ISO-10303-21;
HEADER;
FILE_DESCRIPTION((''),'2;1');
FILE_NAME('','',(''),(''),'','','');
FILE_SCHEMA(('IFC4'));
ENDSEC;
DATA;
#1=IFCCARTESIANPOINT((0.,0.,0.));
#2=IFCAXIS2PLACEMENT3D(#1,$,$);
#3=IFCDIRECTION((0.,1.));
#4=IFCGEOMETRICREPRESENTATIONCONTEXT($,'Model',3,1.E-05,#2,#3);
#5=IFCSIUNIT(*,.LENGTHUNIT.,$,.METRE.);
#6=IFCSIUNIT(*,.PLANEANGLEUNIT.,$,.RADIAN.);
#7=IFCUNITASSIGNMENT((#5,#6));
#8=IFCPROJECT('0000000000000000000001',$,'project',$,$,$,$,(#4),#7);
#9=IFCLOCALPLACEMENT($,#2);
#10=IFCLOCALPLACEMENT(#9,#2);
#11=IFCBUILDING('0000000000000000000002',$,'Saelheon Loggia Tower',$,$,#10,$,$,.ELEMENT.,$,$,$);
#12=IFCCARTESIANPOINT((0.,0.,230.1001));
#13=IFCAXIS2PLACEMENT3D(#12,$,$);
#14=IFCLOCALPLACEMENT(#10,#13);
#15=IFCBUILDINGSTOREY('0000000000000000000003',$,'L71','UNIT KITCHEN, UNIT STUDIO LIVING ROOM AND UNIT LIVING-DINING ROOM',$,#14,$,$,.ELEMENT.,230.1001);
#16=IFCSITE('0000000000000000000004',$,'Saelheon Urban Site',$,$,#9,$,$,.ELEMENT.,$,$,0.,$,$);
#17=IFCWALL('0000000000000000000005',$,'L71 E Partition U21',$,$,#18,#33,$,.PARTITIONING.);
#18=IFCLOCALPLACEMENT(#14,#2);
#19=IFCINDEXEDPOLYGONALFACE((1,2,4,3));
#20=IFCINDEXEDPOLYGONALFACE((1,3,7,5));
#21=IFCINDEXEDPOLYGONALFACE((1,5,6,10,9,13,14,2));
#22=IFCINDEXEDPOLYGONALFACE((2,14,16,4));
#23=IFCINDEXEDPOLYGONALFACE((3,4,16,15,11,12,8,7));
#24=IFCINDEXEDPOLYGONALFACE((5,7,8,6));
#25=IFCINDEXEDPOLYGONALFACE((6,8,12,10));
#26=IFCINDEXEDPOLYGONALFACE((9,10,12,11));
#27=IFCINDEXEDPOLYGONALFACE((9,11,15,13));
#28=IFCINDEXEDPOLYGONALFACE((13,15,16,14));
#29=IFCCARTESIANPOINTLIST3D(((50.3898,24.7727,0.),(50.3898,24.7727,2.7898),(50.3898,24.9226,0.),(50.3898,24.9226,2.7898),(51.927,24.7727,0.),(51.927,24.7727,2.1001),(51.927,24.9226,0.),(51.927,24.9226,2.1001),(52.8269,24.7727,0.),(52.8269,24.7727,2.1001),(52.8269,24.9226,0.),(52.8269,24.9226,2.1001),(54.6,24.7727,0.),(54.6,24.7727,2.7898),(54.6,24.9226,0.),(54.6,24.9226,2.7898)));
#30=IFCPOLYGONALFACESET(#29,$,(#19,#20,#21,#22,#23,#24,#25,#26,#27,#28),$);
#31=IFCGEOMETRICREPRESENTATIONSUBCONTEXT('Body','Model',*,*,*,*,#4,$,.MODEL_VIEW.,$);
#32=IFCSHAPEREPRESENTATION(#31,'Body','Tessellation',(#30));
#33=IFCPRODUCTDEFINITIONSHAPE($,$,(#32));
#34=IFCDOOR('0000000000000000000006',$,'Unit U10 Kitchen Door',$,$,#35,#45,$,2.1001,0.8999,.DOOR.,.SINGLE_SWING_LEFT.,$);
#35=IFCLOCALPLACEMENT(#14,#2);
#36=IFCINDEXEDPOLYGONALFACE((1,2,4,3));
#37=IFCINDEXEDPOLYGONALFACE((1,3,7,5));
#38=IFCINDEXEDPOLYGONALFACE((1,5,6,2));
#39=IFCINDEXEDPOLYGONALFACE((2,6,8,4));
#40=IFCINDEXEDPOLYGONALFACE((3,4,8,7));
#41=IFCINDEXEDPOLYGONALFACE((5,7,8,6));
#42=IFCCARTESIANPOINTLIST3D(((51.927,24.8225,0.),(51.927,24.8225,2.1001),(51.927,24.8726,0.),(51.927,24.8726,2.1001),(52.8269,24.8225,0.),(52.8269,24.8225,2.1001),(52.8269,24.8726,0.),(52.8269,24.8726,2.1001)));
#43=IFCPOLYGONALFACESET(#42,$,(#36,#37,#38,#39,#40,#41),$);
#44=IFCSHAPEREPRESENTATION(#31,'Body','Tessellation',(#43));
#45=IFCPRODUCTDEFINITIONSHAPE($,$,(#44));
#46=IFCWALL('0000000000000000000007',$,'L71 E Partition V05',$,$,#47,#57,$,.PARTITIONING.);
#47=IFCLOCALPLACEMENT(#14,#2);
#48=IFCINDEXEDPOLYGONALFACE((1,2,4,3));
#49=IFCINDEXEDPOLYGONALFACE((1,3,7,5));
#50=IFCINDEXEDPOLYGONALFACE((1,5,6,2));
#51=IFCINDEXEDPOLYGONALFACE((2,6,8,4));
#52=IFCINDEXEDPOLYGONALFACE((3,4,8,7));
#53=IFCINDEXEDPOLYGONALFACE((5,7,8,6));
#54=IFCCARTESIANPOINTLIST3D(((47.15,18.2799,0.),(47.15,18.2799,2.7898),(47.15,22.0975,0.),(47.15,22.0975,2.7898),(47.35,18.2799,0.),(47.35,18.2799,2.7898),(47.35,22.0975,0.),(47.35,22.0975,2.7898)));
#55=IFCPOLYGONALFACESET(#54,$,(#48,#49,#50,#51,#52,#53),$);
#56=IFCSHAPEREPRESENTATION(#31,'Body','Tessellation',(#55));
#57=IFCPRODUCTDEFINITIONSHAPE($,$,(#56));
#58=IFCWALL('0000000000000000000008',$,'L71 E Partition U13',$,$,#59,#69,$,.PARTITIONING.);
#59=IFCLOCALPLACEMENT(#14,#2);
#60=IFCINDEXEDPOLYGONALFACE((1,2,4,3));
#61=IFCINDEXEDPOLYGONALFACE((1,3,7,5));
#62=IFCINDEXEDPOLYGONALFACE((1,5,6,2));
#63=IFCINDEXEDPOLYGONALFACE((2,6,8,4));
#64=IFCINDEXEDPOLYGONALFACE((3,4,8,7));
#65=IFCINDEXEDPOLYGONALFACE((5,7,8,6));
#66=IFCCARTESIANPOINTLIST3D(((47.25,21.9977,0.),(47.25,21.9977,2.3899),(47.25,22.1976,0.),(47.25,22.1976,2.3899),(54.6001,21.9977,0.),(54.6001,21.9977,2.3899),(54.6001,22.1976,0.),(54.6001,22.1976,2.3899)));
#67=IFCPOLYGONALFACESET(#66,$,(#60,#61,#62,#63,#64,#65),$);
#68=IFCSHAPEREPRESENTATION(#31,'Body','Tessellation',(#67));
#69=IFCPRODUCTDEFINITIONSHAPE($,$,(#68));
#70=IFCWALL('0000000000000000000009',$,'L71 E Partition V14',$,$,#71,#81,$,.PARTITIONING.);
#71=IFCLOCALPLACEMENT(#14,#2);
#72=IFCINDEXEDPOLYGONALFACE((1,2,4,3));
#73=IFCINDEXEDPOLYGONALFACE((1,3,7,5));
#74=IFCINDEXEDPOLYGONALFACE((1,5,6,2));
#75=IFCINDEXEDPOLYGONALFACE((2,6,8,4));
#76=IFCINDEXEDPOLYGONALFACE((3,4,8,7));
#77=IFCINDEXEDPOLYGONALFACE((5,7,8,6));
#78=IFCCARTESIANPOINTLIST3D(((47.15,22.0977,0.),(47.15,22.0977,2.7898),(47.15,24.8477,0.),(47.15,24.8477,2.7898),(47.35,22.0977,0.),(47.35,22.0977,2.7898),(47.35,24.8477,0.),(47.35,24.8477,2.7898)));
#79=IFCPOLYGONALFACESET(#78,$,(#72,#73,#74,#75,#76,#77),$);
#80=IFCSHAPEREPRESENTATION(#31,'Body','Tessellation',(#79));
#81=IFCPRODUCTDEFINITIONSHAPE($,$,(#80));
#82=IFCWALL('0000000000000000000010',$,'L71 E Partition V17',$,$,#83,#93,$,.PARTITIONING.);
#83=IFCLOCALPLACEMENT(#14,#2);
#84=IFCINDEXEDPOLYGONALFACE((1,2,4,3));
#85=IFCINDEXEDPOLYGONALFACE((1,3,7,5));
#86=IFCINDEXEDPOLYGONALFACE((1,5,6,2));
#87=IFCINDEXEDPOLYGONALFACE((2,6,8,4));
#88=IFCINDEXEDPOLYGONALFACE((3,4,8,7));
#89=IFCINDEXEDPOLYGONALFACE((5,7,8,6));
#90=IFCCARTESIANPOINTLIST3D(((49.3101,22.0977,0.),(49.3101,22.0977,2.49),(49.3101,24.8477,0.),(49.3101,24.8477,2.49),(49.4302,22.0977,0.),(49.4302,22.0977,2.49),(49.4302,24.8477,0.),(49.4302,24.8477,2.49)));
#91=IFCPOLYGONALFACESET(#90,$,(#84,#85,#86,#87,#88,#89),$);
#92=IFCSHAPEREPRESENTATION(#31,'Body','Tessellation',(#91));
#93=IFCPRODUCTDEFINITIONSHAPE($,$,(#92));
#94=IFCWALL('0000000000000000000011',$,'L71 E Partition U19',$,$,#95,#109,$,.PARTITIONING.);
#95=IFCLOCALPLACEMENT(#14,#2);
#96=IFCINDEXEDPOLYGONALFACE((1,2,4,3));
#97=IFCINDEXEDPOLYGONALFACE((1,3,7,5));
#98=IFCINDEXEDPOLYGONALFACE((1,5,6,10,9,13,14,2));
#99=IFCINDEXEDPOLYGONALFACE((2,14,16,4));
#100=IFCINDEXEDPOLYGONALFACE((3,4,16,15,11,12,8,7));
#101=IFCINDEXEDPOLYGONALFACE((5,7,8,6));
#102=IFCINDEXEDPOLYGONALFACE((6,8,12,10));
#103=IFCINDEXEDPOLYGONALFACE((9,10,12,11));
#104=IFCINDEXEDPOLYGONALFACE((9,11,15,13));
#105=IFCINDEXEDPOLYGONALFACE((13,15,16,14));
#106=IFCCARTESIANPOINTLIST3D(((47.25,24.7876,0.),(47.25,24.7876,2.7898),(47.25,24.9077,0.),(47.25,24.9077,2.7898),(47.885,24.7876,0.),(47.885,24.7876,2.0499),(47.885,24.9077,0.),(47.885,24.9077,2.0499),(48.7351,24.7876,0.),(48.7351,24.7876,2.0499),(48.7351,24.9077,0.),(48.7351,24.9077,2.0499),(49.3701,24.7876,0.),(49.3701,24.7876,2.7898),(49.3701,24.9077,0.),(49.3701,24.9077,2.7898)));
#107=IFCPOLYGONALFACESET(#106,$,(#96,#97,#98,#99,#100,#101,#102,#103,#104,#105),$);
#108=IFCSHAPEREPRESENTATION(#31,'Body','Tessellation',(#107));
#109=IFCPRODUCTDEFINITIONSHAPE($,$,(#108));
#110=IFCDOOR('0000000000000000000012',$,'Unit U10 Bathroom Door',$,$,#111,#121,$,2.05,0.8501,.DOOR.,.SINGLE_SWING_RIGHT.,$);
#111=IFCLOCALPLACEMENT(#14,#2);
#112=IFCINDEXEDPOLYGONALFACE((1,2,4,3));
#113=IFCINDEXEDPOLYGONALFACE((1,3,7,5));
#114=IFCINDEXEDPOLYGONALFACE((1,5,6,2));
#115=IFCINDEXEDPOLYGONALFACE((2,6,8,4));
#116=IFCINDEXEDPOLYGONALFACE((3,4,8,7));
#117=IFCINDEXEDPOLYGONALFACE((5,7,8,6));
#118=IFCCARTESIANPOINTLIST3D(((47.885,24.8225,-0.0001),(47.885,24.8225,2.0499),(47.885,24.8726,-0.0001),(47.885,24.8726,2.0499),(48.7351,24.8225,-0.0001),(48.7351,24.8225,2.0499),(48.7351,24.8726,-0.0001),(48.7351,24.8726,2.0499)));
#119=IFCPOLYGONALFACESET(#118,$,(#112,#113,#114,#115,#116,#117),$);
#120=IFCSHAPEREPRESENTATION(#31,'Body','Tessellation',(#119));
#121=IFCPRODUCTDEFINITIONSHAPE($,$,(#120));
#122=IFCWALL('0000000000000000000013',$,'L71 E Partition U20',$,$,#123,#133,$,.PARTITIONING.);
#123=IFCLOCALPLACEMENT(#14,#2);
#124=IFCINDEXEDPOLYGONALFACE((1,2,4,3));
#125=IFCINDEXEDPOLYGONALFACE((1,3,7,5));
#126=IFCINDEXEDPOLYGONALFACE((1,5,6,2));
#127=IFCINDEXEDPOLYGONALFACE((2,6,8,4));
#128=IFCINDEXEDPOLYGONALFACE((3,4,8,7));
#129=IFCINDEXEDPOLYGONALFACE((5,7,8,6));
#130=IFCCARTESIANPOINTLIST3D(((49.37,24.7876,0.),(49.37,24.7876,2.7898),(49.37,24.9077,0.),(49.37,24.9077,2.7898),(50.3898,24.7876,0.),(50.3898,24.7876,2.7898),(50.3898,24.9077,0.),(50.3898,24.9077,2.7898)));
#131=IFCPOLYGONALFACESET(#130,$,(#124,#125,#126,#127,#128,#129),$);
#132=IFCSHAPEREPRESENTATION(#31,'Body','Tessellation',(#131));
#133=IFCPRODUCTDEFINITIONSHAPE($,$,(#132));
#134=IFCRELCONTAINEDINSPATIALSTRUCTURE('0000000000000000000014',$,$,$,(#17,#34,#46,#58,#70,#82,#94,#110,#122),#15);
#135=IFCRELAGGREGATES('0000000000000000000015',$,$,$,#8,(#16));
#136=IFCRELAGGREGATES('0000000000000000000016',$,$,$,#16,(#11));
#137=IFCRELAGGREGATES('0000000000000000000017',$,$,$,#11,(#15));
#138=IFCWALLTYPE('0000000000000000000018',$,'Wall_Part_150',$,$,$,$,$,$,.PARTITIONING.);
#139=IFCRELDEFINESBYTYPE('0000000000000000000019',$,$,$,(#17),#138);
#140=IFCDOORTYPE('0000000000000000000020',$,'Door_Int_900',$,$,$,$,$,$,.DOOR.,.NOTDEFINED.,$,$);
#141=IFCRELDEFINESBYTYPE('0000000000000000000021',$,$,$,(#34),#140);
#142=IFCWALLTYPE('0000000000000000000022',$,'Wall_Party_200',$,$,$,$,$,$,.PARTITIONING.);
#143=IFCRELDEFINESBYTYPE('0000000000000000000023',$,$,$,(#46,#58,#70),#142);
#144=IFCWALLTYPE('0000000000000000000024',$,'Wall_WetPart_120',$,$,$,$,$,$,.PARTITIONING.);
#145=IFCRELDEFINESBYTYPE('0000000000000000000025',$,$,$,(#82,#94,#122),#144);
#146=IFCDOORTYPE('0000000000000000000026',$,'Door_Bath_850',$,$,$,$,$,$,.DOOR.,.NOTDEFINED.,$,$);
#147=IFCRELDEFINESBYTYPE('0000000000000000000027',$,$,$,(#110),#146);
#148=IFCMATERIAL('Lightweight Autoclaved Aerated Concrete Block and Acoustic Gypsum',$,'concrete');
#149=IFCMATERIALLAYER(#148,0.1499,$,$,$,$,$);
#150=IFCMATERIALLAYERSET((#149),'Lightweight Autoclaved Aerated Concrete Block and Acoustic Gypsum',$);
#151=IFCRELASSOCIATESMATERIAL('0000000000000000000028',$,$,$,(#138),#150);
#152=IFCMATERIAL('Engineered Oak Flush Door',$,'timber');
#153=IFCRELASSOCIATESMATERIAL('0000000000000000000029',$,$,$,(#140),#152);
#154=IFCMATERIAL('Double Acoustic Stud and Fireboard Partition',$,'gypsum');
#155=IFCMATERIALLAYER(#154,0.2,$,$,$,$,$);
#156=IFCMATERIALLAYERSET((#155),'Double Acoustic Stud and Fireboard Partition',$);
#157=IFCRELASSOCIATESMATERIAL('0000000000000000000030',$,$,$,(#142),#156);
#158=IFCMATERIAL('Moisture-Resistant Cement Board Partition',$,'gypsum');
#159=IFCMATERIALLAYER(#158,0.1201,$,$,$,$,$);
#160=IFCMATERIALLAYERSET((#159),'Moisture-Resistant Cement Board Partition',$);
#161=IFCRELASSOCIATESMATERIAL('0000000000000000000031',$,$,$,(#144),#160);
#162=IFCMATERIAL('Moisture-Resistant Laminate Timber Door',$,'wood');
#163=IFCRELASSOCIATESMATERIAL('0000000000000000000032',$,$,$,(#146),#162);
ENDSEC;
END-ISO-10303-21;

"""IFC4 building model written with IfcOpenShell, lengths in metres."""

from ifc_helpers import new_model, si_unit, direction, frame, frame_2d, origin, place, context, subcontext, project, spatial, rectangle, extrude, source, transform, mapped, material, layer, layer_set, type_object, element, fill, save


model = new_model("IFC4")

# Units and contexts
model_context = context("Model", 3, precision=1e-05, world=origin(), true_north=direction((0.0, 1.0)))
body_context = subcontext(model_context, "Body", "Model", "MODEL_VIEW")
ifc_project = project(units=[si_unit("LENGTHUNIT", "METRE"), si_unit("PLANEANGLEUNIT", "RADIAN")], contexts=[model_context])

# Site, building, storey
site_placement = place(None, origin())
site = spatial("IfcSite", under=ifc_project, at=site_placement, Name="Saelheon Urban Site", CompositionType="ELEMENT", RefElevation=0.0)
building_placement = place(site_placement, origin())
building = spatial("IfcBuilding", under=site, at=building_placement, Name="Saelheon Loggia Tower", CompositionType="ELEMENT")
storey_placement = place(building_placement, frame((0.0, 0.0, 230.1001)))
storey = spatial("IfcBuildingStorey", under=building, at=storey_placement, Name="L71", Description="UNIT KITCHEN, UNIT STUDIO LIVING ROOM AND UNIT LIVING-DINING ROOM", CompositionType="ELEMENT", Elevation=230.1001)

# Shared definitions
ifc_material_1 = material(Name="Lightweight Autoclaved Aerated Concrete Block and Acoustic Gypsum", Category="concrete")
ifc_layer_1 = layer(ifc_material_1, 0.1499)
ifc_layer_set_1 = layer_set([ifc_layer_1], Name="Lightweight Autoclaved Aerated Concrete Block and Acoustic Gypsum")
wall_type_1 = type_object("IfcWallType", Name="Wall_Part_150", PredefinedType="PARTITIONING", material=ifc_layer_set_1)

# Wall, opening, door
ifc_material_2 = material(Name="Engineered Oak Flush Door", Category="timber")
door_type_1 = type_object("IfcDoorType", Name="Door_Int_900", OperationType="NOTDEFINED", PredefinedType="DOOR", material=ifc_material_2)
shared_shape_1 = source(origin(), body_context, "Body", "SweptSolid", [
    extrude(rectangle(XDim=0.8999, YDim=2.1001, at=frame_2d((0.45, 1.05))), frame((0.0, 0.0249, 0.0), z_axis=(0.0, -1.0, 0.0), x_axis=(1.0, 0.0, 0.0)), (0.0, 0.0, 1.0), 0.05),
])
wall_1_placement = place(storey_placement, frame((50.3899, 24.8477, 0.0), z_axis=(0.0, 0.0, 1.0), x_axis=(1.0, 0.0, 0.0)))
wall_1 = element("IfcWall", 1, at=wall_1_placement, inside=storey, type_object=wall_type_1, Name="L71 E Partition U21", PredefinedType="PARTITIONING", context=body_context, shape_type="SweptSolid", body=[
    extrude(rectangle(XDim=4.2102, YDim=0.1499, at=frame_2d((2.105, 0.0))), origin(), (0.0, 0.0, 1.0), 2.7898),
])
opening_1_placement = place(wall_1_placement, frame((1.5371, 0.0, 0.0)))
opening_1 = element("IfcOpeningElement", 2, at=opening_1_placement, cuts=wall_1, PredefinedType="OPENING", context=body_context, shape_type="SweptSolid", body=[
    extrude(rectangle(XDim=0.8999, YDim=2.1001, at=frame_2d((0.45, 1.05))), frame((0.0, 0.0869, 0.0), z_axis=(0.0, -1.0, 0.0), x_axis=(1.0, 0.0, 0.0)), (0.0, 0.0, 1.0), 0.1738),
])
door_1_placement = place(opening_1_placement, origin())
door_1 = element("IfcDoor", 3, at=door_1_placement, inside=storey, type_object=door_type_1, Name="Unit U10 Kitchen Door", OperationType="SINGLE_SWING_LEFT", OverallHeight=2.1001, OverallWidth=0.8999, PredefinedType="DOOR", context=body_context, shape_type="MappedRepresentation", body=[
    mapped(shared_shape_1, transform((0.0, 0.0, 0.0), scale=1.0)),
])
fill(opening_1, door_1)

# Walls
ifc_material_3 = material(Name="Double Acoustic Stud and Fireboard Partition", Category="gypsum")
ifc_layer_2 = layer(ifc_material_3, 0.2)
ifc_layer_set_2 = layer_set([ifc_layer_2], Name="Double Acoustic Stud and Fireboard Partition")
wall_type_2 = type_object("IfcWallType", Name="Wall_Party_200", PredefinedType="PARTITIONING", material=ifc_layer_set_2)
wall_2_placement = place(storey_placement, frame((47.25, 18.28, 0.0), z_axis=(0.0, 0.0, 1.0), x_axis=(0.0, 1.0, 0.0)))
element("IfcWall", 4, at=wall_2_placement, inside=storey, type_object=wall_type_2, Name="L71 E Partition V05", PredefinedType="PARTITIONING", context=body_context, shape_type="SweptSolid", body=[
    extrude(rectangle(XDim=3.8176, YDim=0.2, at=frame_2d((1.9087, 0.0))), origin(), (0.0, 0.0, 1.0), 2.7898),
])
wall_3_placement = place(storey_placement, frame((47.25, 22.0977, 0.0), z_axis=(0.0, 0.0, 1.0), x_axis=(1.0, 0.0, 0.0)))
element("IfcWall", 5, at=wall_3_placement, inside=storey, type_object=wall_type_2, Name="L71 E Partition U13", PredefinedType="PARTITIONING", context=body_context, shape_type="SweptSolid", body=[
    extrude(rectangle(XDim=7.3501, YDim=0.2, at=frame_2d((3.675, 0.0))), origin(), (0.0, 0.0, 1.0), 2.3899),
])
wall_4_placement = place(storey_placement, frame((47.25, 22.0977, 0.0), z_axis=(0.0, 0.0, 1.0), x_axis=(0.0, 1.0, 0.0)))
element("IfcWall", 6, at=wall_4_placement, inside=storey, type_object=wall_type_2, Name="L71 E Partition V14", PredefinedType="PARTITIONING", context=body_context, shape_type="SweptSolid", body=[
    extrude(rectangle(XDim=2.75, YDim=0.2, at=frame_2d((1.375, 0.0))), origin(), (0.0, 0.0, 1.0), 2.7898),
])

# Wall
ifc_material_4 = material(Name="Moisture-Resistant Cement Board Partition", Category="gypsum")
ifc_layer_3 = layer(ifc_material_4, 0.1201)
ifc_layer_set_3 = layer_set([ifc_layer_3], Name="Moisture-Resistant Cement Board Partition")
wall_type_3 = type_object("IfcWallType", Name="Wall_WetPart_120", PredefinedType="PARTITIONING", material=ifc_layer_set_3)
wall_5_placement = place(storey_placement, frame((49.3701, 22.0977, 0.0), z_axis=(0.0, 0.0, 1.0), x_axis=(0.0, 1.0, 0.0)))
element("IfcWall", 7, at=wall_5_placement, inside=storey, type_object=wall_type_3, Name="L71 E Partition V17", PredefinedType="PARTITIONING", context=body_context, shape_type="SweptSolid", body=[
    extrude(rectangle(XDim=2.75, YDim=0.1201, at=frame_2d((1.375, 0.0))), origin(), (0.0, 0.0, 1.0), 2.49),
])

# Wall, opening, door
wall_6_placement = place(storey_placement, frame((47.25, 24.8477, 0.0), z_axis=(0.0, 0.0, 1.0), x_axis=(1.0, 0.0, 0.0)))
wall_6 = element("IfcWall", 8, at=wall_6_placement, inside=storey, type_object=wall_type_3, Name="L71 E Partition U19", PredefinedType="PARTITIONING", context=body_context, shape_type="SweptSolid", body=[
    extrude(rectangle(XDim=2.1201, YDim=0.1201, at=frame_2d((1.0601, 0.0))), origin(), (0.0, 0.0, 1.0), 2.7898),
])
opening_2_placement = place(wall_6_placement, frame((0.635, 0.0, 0.0)))
opening_2 = element("IfcOpeningElement", 9, at=opening_2_placement, cuts=wall_6, PredefinedType="OPENING", context=body_context, shape_type="SweptSolid", body=[
    extrude(rectangle(XDim=0.8501, YDim=2.05, at=frame_2d((0.425, 1.0249))), frame((0.0, 0.072, 0.0), z_axis=(0.0, -1.0, 0.0), x_axis=(1.0, 0.0, 0.0)), (0.0, 0.0, 1.0), 0.144),
])
ifc_material_5 = material(Name="Moisture-Resistant Laminate Timber Door", Category="wood")
door_type_2 = type_object("IfcDoorType", Name="Door_Bath_850", OperationType="NOTDEFINED", PredefinedType="DOOR", material=ifc_material_5)
shared_shape_2 = source(origin(), body_context, "Body", "SweptSolid", [
    extrude(rectangle(XDim=0.8501, YDim=2.05, at=frame_2d((0.425, 1.0249))), frame((0.0, 0.0249, 0.0), z_axis=(0.0, -1.0, 0.0), x_axis=(1.0, 0.0, 0.0)), (0.0, 0.0, 1.0), 0.05),
])
door_2_placement = place(opening_2_placement, origin())
door_2 = element("IfcDoor", 10, at=door_2_placement, inside=storey, type_object=door_type_2, Name="Unit U10 Bathroom Door", OperationType="SINGLE_SWING_RIGHT", OverallHeight=2.05, OverallWidth=0.8501, PredefinedType="DOOR", context=body_context, shape_type="MappedRepresentation", body=[
    mapped(shared_shape_2, transform((0.0, 0.0, 0.0), scale=1.0)),
])
fill(opening_2, door_2)

# Wall
wall_7_placement = place(storey_placement, frame((49.3701, 24.8477, 0.0), z_axis=(0.0, 0.0, 1.0), x_axis=(1.0, 0.0, 0.0)))
element("IfcWall", 11, at=wall_7_placement, inside=storey, type_object=wall_type_3, Name="L71 E Partition U20", PredefinedType="PARTITIONING", context=body_context, shape_type="SweptSolid", body=[
    extrude(rectangle(XDim=1.0198, YDim=0.1201, at=frame_2d((0.5098, 0.0))), origin(), (0.0, 0.0, 1.0), 2.7898),
])

save(model, "model.ifc")
